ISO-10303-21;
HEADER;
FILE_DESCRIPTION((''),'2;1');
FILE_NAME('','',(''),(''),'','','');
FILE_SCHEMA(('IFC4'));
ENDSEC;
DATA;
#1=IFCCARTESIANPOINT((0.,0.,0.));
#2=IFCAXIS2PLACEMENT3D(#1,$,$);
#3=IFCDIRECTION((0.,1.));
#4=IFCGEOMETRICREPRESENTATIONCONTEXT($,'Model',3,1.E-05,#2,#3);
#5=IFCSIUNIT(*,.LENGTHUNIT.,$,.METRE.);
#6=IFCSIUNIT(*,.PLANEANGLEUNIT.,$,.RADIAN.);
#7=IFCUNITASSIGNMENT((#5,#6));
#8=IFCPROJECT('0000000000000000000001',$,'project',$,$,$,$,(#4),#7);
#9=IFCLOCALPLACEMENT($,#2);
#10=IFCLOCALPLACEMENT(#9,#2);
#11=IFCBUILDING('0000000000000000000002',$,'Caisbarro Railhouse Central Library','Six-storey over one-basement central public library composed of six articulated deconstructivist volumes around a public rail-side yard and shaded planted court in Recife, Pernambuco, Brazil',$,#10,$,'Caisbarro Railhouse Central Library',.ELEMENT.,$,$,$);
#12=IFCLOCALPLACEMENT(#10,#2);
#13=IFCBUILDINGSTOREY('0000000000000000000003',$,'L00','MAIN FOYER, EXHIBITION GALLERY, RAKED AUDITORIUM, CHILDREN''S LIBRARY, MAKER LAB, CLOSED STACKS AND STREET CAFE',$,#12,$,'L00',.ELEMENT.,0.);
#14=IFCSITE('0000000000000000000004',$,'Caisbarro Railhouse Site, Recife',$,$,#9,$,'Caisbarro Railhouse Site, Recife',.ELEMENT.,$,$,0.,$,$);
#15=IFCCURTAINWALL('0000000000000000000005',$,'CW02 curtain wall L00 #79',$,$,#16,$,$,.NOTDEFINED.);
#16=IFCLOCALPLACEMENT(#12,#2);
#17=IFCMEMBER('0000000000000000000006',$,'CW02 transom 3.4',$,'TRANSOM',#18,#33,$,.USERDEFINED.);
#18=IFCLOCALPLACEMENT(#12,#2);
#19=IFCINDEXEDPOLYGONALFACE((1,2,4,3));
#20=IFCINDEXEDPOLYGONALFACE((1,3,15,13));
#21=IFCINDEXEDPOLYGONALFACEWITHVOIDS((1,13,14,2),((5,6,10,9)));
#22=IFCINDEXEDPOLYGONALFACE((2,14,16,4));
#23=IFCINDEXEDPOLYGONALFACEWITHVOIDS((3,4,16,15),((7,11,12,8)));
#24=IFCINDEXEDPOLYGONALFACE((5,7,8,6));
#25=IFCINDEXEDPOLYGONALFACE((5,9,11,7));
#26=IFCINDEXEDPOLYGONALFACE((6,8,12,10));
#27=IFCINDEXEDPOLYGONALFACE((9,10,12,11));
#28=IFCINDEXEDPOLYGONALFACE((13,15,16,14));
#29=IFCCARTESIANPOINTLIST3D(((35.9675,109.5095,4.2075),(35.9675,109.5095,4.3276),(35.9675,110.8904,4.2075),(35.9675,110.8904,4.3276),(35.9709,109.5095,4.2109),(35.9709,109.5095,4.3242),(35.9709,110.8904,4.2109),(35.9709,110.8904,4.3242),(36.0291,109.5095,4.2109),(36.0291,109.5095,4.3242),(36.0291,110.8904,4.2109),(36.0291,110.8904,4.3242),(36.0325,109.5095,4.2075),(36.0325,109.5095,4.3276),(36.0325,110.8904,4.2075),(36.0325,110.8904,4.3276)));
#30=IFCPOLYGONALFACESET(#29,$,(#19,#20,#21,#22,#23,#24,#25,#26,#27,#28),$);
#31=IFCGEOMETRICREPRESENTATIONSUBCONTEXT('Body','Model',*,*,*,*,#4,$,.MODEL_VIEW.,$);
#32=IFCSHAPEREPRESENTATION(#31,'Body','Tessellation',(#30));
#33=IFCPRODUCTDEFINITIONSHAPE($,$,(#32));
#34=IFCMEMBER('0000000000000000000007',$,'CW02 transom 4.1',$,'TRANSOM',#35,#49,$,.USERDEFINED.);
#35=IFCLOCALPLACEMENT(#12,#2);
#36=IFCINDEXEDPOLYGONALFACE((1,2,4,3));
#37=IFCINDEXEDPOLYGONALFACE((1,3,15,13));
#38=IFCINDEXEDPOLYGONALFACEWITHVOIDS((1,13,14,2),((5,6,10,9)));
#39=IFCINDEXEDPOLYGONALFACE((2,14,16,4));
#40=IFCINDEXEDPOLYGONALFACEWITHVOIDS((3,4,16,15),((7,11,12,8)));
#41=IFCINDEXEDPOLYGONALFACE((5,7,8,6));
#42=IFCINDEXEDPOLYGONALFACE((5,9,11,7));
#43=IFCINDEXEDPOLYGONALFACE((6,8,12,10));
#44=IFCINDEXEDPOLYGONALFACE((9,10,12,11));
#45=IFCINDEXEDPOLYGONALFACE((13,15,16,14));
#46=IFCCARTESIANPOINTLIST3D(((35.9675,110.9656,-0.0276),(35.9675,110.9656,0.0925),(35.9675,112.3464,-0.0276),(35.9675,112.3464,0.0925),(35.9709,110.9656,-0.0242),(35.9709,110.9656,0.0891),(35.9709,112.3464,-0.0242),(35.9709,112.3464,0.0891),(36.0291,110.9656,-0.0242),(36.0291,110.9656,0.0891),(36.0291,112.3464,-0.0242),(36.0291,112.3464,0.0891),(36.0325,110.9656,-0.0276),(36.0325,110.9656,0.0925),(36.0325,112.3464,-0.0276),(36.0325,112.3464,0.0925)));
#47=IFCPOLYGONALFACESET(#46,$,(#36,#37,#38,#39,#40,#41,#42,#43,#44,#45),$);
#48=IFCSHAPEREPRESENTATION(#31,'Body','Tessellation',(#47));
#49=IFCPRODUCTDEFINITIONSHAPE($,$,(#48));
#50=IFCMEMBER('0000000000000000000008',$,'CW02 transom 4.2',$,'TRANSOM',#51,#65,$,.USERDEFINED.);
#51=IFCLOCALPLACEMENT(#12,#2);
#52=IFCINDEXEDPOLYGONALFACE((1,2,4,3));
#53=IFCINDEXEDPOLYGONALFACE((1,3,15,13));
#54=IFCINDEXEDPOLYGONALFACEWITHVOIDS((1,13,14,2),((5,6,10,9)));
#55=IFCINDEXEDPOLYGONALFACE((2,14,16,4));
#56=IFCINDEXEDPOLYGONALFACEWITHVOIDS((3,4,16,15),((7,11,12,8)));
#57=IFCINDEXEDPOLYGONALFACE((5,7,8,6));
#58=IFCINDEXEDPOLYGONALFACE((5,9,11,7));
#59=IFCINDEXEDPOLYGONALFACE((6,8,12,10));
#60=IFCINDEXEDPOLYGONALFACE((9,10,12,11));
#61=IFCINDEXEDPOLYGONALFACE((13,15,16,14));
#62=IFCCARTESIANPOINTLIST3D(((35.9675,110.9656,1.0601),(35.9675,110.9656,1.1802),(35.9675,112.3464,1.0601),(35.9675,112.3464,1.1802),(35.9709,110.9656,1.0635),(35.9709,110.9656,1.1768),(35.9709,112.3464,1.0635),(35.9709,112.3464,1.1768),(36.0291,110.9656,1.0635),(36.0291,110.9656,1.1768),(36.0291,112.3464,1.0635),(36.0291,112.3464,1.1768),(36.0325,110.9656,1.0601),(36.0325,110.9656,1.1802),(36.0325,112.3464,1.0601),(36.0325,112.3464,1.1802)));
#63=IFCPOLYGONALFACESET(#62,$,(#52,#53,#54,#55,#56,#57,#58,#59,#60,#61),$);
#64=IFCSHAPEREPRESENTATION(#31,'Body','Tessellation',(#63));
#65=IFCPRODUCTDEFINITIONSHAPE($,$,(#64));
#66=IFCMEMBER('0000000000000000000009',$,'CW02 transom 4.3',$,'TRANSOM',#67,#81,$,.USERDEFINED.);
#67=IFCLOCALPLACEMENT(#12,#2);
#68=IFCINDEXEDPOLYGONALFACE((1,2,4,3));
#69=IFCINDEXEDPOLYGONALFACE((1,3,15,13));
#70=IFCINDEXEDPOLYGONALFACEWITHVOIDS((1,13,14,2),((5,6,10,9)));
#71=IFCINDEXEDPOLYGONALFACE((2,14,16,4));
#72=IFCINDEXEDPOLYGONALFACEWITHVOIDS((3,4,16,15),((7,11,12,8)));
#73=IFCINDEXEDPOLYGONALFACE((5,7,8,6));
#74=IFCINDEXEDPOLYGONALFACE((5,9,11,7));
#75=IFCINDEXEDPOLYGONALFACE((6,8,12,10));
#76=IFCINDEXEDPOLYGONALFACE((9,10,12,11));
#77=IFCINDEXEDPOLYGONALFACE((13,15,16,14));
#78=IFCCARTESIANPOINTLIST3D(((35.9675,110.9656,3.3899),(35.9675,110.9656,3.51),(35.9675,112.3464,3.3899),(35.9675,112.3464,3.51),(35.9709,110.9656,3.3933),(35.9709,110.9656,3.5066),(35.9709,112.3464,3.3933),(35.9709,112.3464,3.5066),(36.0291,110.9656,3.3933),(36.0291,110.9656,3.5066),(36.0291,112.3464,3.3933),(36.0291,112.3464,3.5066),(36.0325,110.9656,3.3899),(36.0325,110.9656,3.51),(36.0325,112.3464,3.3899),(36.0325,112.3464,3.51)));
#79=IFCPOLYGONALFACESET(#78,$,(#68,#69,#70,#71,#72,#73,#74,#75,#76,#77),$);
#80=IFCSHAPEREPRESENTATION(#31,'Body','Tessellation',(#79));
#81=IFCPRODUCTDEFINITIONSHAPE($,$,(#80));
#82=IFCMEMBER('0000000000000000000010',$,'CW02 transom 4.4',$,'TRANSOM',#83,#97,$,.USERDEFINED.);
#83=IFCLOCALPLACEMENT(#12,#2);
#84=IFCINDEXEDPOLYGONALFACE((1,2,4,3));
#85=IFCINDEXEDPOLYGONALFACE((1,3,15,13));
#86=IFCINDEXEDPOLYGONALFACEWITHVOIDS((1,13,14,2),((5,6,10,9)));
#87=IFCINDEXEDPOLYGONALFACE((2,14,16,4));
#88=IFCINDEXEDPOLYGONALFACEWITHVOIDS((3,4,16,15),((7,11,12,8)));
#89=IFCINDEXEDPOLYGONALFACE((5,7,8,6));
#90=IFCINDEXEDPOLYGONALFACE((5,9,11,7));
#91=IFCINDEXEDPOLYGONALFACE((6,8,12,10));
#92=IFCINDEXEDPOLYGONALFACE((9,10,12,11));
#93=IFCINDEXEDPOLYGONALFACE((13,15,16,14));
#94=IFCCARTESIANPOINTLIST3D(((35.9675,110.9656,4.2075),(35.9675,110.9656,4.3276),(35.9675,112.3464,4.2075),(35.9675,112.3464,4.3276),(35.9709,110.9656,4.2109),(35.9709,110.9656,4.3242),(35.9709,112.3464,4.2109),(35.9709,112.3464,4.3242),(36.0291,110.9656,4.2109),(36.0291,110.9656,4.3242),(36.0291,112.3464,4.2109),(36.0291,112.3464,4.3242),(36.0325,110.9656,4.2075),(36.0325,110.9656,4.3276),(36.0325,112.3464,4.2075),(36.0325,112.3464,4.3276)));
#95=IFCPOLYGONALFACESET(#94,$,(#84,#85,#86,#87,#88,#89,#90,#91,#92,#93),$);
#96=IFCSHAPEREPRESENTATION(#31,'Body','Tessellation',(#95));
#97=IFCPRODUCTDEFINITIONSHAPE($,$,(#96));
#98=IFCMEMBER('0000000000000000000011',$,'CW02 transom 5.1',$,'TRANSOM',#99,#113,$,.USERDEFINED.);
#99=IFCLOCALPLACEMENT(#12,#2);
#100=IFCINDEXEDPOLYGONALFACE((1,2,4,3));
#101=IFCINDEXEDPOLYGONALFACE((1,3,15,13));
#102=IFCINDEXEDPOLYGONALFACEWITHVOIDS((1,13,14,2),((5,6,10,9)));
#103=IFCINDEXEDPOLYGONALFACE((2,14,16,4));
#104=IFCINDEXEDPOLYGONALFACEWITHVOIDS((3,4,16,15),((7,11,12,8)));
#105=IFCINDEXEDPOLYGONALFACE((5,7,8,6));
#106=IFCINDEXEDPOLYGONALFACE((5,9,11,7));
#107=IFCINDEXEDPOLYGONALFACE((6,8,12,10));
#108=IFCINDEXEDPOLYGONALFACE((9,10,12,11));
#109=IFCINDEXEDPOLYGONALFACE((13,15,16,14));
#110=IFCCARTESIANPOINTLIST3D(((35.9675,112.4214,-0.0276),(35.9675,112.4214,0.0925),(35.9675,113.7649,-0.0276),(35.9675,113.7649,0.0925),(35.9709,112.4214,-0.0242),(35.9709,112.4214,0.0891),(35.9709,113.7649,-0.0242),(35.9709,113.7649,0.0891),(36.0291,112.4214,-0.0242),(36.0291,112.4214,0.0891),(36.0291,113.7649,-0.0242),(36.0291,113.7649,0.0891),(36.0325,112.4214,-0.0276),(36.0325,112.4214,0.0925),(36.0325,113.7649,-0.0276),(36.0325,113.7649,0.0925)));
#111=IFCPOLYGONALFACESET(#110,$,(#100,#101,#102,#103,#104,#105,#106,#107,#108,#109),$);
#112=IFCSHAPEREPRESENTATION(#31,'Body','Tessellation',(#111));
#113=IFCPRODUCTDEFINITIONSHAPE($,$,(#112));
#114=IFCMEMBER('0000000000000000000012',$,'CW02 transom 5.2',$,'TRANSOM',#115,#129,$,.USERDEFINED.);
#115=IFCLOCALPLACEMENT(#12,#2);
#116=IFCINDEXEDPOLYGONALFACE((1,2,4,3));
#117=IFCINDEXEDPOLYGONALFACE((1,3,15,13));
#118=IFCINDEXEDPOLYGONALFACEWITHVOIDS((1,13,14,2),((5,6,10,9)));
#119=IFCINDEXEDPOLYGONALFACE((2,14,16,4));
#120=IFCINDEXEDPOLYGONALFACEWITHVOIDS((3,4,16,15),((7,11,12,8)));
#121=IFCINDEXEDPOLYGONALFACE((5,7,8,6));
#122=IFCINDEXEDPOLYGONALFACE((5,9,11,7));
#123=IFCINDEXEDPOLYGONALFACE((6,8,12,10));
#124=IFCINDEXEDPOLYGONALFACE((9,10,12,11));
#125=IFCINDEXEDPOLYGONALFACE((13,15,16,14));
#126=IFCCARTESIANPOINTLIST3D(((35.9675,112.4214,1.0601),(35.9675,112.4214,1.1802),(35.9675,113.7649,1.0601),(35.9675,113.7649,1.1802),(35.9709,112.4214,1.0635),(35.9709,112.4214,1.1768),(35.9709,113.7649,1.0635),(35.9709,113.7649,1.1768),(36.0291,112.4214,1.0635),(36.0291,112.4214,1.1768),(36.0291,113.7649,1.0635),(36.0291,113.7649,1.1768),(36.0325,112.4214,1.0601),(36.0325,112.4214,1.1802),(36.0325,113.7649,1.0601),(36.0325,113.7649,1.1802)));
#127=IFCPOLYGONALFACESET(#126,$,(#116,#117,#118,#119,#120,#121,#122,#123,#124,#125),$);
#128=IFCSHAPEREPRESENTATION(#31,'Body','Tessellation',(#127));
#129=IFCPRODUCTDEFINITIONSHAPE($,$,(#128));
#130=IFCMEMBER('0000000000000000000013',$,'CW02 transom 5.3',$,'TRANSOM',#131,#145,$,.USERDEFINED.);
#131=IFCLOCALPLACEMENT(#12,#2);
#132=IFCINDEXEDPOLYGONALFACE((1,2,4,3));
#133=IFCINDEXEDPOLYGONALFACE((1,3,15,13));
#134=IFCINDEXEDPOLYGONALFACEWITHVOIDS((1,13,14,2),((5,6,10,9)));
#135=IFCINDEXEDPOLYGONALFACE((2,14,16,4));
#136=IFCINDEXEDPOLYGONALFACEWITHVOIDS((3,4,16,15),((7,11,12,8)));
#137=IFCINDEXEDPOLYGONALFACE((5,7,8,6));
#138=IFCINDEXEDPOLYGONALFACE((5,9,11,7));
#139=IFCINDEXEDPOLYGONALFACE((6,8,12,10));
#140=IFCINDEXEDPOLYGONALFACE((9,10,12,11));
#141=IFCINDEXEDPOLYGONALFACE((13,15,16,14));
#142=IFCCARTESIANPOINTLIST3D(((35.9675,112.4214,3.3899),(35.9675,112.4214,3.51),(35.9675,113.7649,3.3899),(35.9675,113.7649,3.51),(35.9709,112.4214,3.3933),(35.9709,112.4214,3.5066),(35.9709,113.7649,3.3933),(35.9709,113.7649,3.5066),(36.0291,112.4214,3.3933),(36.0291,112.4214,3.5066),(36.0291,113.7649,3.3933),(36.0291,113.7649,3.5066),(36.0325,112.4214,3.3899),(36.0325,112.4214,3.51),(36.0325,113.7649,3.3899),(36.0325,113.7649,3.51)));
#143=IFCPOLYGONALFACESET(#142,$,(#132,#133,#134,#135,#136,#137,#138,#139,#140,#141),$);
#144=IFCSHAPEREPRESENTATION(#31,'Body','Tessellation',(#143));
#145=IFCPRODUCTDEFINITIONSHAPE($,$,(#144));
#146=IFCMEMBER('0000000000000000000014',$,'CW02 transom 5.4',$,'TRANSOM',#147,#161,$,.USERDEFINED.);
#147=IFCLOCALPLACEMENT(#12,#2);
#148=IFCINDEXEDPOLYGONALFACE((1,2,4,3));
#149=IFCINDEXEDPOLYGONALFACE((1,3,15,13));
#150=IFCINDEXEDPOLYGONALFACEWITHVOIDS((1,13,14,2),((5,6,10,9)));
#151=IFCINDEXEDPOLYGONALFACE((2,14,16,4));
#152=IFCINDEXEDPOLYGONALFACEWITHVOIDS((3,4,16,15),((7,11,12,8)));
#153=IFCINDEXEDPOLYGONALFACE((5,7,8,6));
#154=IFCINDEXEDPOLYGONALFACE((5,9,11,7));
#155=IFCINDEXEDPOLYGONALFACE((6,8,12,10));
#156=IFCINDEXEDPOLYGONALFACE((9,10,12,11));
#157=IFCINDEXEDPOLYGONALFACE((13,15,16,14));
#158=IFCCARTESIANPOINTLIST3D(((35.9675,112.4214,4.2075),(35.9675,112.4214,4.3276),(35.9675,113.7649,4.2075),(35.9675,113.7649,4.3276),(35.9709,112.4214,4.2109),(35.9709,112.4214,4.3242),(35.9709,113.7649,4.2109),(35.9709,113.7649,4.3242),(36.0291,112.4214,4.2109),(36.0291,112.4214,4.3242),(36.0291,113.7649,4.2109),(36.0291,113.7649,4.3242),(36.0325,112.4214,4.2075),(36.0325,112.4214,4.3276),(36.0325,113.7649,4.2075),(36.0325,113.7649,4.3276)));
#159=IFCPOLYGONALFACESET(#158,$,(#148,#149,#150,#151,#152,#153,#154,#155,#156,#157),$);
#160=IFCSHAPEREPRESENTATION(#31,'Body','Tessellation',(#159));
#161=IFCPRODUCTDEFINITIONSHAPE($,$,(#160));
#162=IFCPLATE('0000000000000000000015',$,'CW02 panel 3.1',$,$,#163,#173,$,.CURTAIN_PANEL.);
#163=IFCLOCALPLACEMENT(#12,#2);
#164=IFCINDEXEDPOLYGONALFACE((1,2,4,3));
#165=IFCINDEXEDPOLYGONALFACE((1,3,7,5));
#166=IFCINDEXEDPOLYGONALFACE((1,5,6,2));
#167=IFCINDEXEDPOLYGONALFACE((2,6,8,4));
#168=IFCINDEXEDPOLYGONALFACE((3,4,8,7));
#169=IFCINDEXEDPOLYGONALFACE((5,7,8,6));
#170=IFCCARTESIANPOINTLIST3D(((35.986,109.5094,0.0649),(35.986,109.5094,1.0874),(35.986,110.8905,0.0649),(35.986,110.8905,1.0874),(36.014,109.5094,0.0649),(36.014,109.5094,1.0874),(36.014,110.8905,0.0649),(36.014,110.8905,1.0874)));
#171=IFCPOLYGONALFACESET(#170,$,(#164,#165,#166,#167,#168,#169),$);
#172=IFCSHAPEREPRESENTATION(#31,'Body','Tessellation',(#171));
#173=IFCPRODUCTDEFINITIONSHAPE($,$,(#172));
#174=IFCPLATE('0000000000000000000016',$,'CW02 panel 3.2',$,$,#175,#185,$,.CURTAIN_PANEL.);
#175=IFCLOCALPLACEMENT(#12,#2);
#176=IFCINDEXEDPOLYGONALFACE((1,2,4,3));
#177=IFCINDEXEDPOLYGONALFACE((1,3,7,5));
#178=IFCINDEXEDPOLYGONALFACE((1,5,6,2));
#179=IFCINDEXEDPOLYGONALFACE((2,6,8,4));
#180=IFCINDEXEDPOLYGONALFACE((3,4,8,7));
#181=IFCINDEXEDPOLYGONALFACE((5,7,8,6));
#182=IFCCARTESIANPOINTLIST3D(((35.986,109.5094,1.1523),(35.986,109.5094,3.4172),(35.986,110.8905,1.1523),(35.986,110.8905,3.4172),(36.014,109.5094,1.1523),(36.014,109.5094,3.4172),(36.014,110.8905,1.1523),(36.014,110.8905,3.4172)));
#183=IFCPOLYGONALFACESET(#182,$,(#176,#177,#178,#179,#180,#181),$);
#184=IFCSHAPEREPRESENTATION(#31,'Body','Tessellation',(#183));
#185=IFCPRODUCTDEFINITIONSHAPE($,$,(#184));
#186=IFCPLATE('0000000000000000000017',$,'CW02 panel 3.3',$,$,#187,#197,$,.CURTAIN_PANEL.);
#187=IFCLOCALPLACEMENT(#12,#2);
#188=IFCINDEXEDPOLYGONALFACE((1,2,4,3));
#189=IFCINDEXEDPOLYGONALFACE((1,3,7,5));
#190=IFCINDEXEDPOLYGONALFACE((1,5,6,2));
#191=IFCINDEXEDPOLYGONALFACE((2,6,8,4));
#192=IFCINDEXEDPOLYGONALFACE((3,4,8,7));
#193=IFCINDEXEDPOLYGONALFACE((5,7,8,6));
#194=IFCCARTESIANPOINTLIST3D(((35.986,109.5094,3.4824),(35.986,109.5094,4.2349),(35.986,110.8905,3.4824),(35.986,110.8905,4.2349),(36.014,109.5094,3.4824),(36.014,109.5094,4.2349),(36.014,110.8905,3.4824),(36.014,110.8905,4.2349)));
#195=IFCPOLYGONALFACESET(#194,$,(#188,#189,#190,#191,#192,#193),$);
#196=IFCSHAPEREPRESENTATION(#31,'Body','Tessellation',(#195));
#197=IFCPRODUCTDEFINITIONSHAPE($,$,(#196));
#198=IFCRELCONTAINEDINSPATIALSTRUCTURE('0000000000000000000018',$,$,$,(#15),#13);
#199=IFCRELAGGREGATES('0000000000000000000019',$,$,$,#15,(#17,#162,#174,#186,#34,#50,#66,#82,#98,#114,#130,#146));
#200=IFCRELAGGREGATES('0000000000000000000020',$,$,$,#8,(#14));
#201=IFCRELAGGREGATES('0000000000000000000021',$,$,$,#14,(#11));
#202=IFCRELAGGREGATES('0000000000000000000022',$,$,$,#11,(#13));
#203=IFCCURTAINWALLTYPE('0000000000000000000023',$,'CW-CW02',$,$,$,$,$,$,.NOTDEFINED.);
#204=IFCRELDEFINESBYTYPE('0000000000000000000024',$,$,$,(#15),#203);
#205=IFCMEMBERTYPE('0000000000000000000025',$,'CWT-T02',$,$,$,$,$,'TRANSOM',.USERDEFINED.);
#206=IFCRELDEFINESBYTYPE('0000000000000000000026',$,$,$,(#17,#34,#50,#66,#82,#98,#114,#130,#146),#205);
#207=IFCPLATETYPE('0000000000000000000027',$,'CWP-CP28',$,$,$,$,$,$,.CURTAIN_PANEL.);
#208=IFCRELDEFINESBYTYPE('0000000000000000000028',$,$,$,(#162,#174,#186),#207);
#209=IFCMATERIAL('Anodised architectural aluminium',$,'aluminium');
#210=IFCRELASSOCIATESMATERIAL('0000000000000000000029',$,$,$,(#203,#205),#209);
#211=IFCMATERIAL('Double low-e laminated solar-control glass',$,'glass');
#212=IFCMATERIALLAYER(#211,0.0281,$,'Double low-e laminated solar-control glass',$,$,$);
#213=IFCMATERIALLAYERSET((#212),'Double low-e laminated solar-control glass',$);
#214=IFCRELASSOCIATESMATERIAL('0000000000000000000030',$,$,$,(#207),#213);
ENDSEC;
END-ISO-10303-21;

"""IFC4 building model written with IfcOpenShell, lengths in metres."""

from ifc_helpers import new_model, si_unit, direction, frame, origin, origin_2d, place, context, subcontext, project, spatial, rectangle, hollow_rectangle, extrude, material, layer, layer_set, material_profile, profile_set, type_object, element, aggregate, save


model = new_model("IFC4")

# Units and contexts
model_context = context("Model", 3, precision=1e-05, world=origin(), true_north=direction((0.0, 1.0)))
body_context = subcontext(model_context, "Body", "Model", "MODEL_VIEW")
ifc_project = project(units=[si_unit("LENGTHUNIT", "METRE"), si_unit("PLANEANGLEUNIT", "RADIAN")], contexts=[model_context])

# Site, building, storey
site_placement = place(None, origin())
site = spatial("IfcSite", under=ifc_project, at=site_placement, Name="Caisbarro Railhouse Site, Recife", LongName="Caisbarro Railhouse Site, Recife", CompositionType="ELEMENT", RefElevation=0.0)
building_placement = place(site_placement, origin())
building = spatial("IfcBuilding", under=site, at=building_placement, Name="Caisbarro Railhouse Central Library", Description="Six-storey over one-basement central public library composed of six articulated deconstructivist volumes around a public rail-side yard and shaded planted court in Recife, Pernambuco, Brazil", LongName="Caisbarro Railhouse Central Library", CompositionType="ELEMENT")
storey_placement = place(building_placement, origin())
storey = spatial("IfcBuildingStorey", under=building, at=storey_placement, Name="L00", Description="MAIN FOYER, EXHIBITION GALLERY, RAKED AUDITORIUM, CHILDREN'S LIBRARY, MAKER LAB, CLOSED STACKS AND STREET CAFE", LongName="L00", CompositionType="ELEMENT", Elevation=0.0)

# Curtain wall
ifc_material_1 = material(Name="Anodised architectural aluminium", Category="aluminium")
curtain_wall_type_1 = type_object("IfcCurtainWallType", Name="CW-CW02", PredefinedType="NOTDEFINED", material=ifc_material_1)
curtain_wall_1_placement = place(storey_placement, origin())
curtain_wall_1 = element("IfcCurtainWall", 1, at=curtain_wall_1_placement, inside=storey, type_object=curtain_wall_type_1, Name="CW02 curtain wall L00 #79", PredefinedType="NOTDEFINED")

# Members
ifc_material_profile_1 = material_profile(ifc_material_1, hollow_rectangle(XDim=0.0649, YDim=0.1201, WallThickness=0.0034, at=origin_2d()), Name="ALU-TRN-65X120")
ifc_profile_set_1 = profile_set([ifc_material_profile_1], Name="Anodised architectural aluminium")
member_type_1 = type_object("IfcMemberType", Name="CWT-T02", ElementType="TRANSOM", PredefinedType="USERDEFINED", material=ifc_profile_set_1)
member_1_placement = place(storey_placement, frame((36.0, 109.5095, 4.2676), z_axis=(0.0, 1.0, 0.0), x_axis=(-1.0, 0.0, 0.0)))
member_1 = element("IfcMember", 2, at=member_1_placement, type_object=member_type_1, Name="CW02 transom 3.4", ObjectType="TRANSOM", PredefinedType="USERDEFINED", context=body_context, shape_type="SweptSolid", body=[
    extrude(hollow_rectangle(XDim=0.0649, YDim=0.1201, WallThickness=0.0034, at=origin_2d()), origin(), (0.0, 0.0, 1.0), 1.3809),
])
member_2_placement = place(storey_placement, frame((36.0, 110.9656, 0.0325), z_axis=(0.0, 1.0, 0.0), x_axis=(-1.0, 0.0, 0.0)))
member_2 = element("IfcMember", 3, at=member_2_placement, type_object=member_type_1, Name="CW02 transom 4.1", ObjectType="TRANSOM", PredefinedType="USERDEFINED", context=body_context, shape_type="SweptSolid", body=[
    extrude(hollow_rectangle(XDim=0.0649, YDim=0.1201, WallThickness=0.0034, at=origin_2d()), origin(), (0.0, 0.0, 1.0), 1.3809),
])
member_3_placement = place(storey_placement, frame((36.0, 110.9656, 1.1201), z_axis=(0.0, 1.0, 0.0), x_axis=(-1.0, 0.0, 0.0)))
member_3 = element("IfcMember", 4, at=member_3_placement, type_object=member_type_1, Name="CW02 transom 4.2", ObjectType="TRANSOM", PredefinedType="USERDEFINED", context=body_context, shape_type="SweptSolid", body=[
    extrude(hollow_rectangle(XDim=0.0649, YDim=0.1201, WallThickness=0.0034, at=origin_2d()), origin(), (0.0, 0.0, 1.0), 1.3809),
])
member_4_placement = place(storey_placement, frame((36.0, 110.9656, 3.45), z_axis=(0.0, 1.0, 0.0), x_axis=(-1.0, 0.0, 0.0)))
member_4 = element("IfcMember", 5, at=member_4_placement, type_object=member_type_1, Name="CW02 transom 4.3", ObjectType="TRANSOM", PredefinedType="USERDEFINED", context=body_context, shape_type="SweptSolid", body=[
    extrude(hollow_rectangle(XDim=0.0649, YDim=0.1201, WallThickness=0.0034, at=origin_2d()), origin(), (0.0, 0.0, 1.0), 1.3809),
])
member_5_placement = place(storey_placement, frame((36.0, 110.9656, 4.2676), z_axis=(0.0, 1.0, 0.0), x_axis=(-1.0, 0.0, 0.0)))
member_5 = element("IfcMember", 6, at=member_5_placement, type_object=member_type_1, Name="CW02 transom 4.4", ObjectType="TRANSOM", PredefinedType="USERDEFINED", context=body_context, shape_type="SweptSolid", body=[
    extrude(hollow_rectangle(XDim=0.0649, YDim=0.1201, WallThickness=0.0034, at=origin_2d()), origin(), (0.0, 0.0, 1.0), 1.3809),
])
member_6_placement = place(storey_placement, frame((36.0, 112.4214, 0.0325), z_axis=(0.0, 1.0, 0.0), x_axis=(-1.0, 0.0, 0.0)))
member_6 = element("IfcMember", 7, at=member_6_placement, type_object=member_type_1, Name="CW02 transom 5.1", ObjectType="TRANSOM", PredefinedType="USERDEFINED", context=body_context, shape_type="SweptSolid", body=[
    extrude(hollow_rectangle(XDim=0.0649, YDim=0.1201, WallThickness=0.0034, at=origin_2d()), origin(), (0.0, 0.0, 1.0), 1.3435),
])
member_7_placement = place(storey_placement, frame((36.0, 112.4214, 1.1201), z_axis=(0.0, 1.0, 0.0), x_axis=(-1.0, 0.0, 0.0)))
member_7 = element("IfcMember", 8, at=member_7_placement, type_object=member_type_1, Name="CW02 transom 5.2", ObjectType="TRANSOM", PredefinedType="USERDEFINED", context=body_context, shape_type="SweptSolid", body=[
    extrude(hollow_rectangle(XDim=0.0649, YDim=0.1201, WallThickness=0.0034, at=origin_2d()), origin(), (0.0, 0.0, 1.0), 1.3435),
])
member_8_placement = place(storey_placement, frame((36.0, 112.4214, 3.45), z_axis=(0.0, 1.0, 0.0), x_axis=(-1.0, 0.0, 0.0)))
member_8 = element("IfcMember", 9, at=member_8_placement, type_object=member_type_1, Name="CW02 transom 5.3", ObjectType="TRANSOM", PredefinedType="USERDEFINED", context=body_context, shape_type="SweptSolid", body=[
    extrude(hollow_rectangle(XDim=0.0649, YDim=0.1201, WallThickness=0.0034, at=origin_2d()), origin(), (0.0, 0.0, 1.0), 1.3435),
])
member_9_placement = place(storey_placement, frame((36.0, 112.4214, 4.2676), z_axis=(0.0, 1.0, 0.0), x_axis=(-1.0, 0.0, 0.0)))
member_9 = element("IfcMember", 10, at=member_9_placement, type_object=member_type_1, Name="CW02 transom 5.4", ObjectType="TRANSOM", PredefinedType="USERDEFINED", context=body_context, shape_type="SweptSolid", body=[
    extrude(hollow_rectangle(XDim=0.0649, YDim=0.1201, WallThickness=0.0034, at=origin_2d()), origin(), (0.0, 0.0, 1.0), 1.3435),
])

# Plates
ifc_material_2 = material(Name="Double low-e laminated solar-control glass", Category="glass")
ifc_layer_1 = layer(ifc_material_2, 0.0281, Name="Double low-e laminated solar-control glass")
ifc_layer_set_1 = layer_set([ifc_layer_1], Name="Double low-e laminated solar-control glass")
plate_type_1 = type_object("IfcPlateType", Name="CWP-CP28", PredefinedType="CURTAIN_PANEL", material=ifc_layer_set_1)
plate_1_placement = place(storey_placement, frame((36.0, 110.2, 0.0649), z_axis=(0.0, 0.0, 1.0), x_axis=(0.0, 1.0, 0.0)))
plate_1 = element("IfcPlate", 11, at=plate_1_placement, type_object=plate_type_1, Name="CW02 panel 3.1", PredefinedType="CURTAIN_PANEL", context=body_context, shape_type="SweptSolid", body=[
    extrude(rectangle(XDim=1.3811, YDim=0.0281, at=origin_2d()), origin(), (0.0, 0.0, 1.0), 1.0225),
])
plate_2_placement = place(storey_placement, frame((36.0, 110.2, 1.1523), z_axis=(0.0, 0.0, 1.0), x_axis=(0.0, 1.0, 0.0)))
plate_2 = element("IfcPlate", 12, at=plate_2_placement, type_object=plate_type_1, Name="CW02 panel 3.2", PredefinedType="CURTAIN_PANEL", context=body_context, shape_type="SweptSolid", body=[
    extrude(rectangle(XDim=1.3811, YDim=0.0281, at=origin_2d()), origin(), (0.0, 0.0, 1.0), 2.2649),
])
plate_3_placement = place(storey_placement, frame((36.0, 110.2, 3.4824), z_axis=(0.0, 0.0, 1.0), x_axis=(0.0, 1.0, 0.0)))
plate_3 = element("IfcPlate", 13, at=plate_3_placement, type_object=plate_type_1, Name="CW02 panel 3.3", PredefinedType="CURTAIN_PANEL", context=body_context, shape_type="SweptSolid", body=[
    extrude(rectangle(XDim=1.3811, YDim=0.0281, at=origin_2d()), origin(), (0.0, 0.0, 1.0), 0.7524),
])
aggregate(curtain_wall_1, [member_1, plate_1, plate_2, plate_3, member_2, member_3, member_4, member_5, member_6, member_7, member_8, member_9])

save(model, "model.ifc")
